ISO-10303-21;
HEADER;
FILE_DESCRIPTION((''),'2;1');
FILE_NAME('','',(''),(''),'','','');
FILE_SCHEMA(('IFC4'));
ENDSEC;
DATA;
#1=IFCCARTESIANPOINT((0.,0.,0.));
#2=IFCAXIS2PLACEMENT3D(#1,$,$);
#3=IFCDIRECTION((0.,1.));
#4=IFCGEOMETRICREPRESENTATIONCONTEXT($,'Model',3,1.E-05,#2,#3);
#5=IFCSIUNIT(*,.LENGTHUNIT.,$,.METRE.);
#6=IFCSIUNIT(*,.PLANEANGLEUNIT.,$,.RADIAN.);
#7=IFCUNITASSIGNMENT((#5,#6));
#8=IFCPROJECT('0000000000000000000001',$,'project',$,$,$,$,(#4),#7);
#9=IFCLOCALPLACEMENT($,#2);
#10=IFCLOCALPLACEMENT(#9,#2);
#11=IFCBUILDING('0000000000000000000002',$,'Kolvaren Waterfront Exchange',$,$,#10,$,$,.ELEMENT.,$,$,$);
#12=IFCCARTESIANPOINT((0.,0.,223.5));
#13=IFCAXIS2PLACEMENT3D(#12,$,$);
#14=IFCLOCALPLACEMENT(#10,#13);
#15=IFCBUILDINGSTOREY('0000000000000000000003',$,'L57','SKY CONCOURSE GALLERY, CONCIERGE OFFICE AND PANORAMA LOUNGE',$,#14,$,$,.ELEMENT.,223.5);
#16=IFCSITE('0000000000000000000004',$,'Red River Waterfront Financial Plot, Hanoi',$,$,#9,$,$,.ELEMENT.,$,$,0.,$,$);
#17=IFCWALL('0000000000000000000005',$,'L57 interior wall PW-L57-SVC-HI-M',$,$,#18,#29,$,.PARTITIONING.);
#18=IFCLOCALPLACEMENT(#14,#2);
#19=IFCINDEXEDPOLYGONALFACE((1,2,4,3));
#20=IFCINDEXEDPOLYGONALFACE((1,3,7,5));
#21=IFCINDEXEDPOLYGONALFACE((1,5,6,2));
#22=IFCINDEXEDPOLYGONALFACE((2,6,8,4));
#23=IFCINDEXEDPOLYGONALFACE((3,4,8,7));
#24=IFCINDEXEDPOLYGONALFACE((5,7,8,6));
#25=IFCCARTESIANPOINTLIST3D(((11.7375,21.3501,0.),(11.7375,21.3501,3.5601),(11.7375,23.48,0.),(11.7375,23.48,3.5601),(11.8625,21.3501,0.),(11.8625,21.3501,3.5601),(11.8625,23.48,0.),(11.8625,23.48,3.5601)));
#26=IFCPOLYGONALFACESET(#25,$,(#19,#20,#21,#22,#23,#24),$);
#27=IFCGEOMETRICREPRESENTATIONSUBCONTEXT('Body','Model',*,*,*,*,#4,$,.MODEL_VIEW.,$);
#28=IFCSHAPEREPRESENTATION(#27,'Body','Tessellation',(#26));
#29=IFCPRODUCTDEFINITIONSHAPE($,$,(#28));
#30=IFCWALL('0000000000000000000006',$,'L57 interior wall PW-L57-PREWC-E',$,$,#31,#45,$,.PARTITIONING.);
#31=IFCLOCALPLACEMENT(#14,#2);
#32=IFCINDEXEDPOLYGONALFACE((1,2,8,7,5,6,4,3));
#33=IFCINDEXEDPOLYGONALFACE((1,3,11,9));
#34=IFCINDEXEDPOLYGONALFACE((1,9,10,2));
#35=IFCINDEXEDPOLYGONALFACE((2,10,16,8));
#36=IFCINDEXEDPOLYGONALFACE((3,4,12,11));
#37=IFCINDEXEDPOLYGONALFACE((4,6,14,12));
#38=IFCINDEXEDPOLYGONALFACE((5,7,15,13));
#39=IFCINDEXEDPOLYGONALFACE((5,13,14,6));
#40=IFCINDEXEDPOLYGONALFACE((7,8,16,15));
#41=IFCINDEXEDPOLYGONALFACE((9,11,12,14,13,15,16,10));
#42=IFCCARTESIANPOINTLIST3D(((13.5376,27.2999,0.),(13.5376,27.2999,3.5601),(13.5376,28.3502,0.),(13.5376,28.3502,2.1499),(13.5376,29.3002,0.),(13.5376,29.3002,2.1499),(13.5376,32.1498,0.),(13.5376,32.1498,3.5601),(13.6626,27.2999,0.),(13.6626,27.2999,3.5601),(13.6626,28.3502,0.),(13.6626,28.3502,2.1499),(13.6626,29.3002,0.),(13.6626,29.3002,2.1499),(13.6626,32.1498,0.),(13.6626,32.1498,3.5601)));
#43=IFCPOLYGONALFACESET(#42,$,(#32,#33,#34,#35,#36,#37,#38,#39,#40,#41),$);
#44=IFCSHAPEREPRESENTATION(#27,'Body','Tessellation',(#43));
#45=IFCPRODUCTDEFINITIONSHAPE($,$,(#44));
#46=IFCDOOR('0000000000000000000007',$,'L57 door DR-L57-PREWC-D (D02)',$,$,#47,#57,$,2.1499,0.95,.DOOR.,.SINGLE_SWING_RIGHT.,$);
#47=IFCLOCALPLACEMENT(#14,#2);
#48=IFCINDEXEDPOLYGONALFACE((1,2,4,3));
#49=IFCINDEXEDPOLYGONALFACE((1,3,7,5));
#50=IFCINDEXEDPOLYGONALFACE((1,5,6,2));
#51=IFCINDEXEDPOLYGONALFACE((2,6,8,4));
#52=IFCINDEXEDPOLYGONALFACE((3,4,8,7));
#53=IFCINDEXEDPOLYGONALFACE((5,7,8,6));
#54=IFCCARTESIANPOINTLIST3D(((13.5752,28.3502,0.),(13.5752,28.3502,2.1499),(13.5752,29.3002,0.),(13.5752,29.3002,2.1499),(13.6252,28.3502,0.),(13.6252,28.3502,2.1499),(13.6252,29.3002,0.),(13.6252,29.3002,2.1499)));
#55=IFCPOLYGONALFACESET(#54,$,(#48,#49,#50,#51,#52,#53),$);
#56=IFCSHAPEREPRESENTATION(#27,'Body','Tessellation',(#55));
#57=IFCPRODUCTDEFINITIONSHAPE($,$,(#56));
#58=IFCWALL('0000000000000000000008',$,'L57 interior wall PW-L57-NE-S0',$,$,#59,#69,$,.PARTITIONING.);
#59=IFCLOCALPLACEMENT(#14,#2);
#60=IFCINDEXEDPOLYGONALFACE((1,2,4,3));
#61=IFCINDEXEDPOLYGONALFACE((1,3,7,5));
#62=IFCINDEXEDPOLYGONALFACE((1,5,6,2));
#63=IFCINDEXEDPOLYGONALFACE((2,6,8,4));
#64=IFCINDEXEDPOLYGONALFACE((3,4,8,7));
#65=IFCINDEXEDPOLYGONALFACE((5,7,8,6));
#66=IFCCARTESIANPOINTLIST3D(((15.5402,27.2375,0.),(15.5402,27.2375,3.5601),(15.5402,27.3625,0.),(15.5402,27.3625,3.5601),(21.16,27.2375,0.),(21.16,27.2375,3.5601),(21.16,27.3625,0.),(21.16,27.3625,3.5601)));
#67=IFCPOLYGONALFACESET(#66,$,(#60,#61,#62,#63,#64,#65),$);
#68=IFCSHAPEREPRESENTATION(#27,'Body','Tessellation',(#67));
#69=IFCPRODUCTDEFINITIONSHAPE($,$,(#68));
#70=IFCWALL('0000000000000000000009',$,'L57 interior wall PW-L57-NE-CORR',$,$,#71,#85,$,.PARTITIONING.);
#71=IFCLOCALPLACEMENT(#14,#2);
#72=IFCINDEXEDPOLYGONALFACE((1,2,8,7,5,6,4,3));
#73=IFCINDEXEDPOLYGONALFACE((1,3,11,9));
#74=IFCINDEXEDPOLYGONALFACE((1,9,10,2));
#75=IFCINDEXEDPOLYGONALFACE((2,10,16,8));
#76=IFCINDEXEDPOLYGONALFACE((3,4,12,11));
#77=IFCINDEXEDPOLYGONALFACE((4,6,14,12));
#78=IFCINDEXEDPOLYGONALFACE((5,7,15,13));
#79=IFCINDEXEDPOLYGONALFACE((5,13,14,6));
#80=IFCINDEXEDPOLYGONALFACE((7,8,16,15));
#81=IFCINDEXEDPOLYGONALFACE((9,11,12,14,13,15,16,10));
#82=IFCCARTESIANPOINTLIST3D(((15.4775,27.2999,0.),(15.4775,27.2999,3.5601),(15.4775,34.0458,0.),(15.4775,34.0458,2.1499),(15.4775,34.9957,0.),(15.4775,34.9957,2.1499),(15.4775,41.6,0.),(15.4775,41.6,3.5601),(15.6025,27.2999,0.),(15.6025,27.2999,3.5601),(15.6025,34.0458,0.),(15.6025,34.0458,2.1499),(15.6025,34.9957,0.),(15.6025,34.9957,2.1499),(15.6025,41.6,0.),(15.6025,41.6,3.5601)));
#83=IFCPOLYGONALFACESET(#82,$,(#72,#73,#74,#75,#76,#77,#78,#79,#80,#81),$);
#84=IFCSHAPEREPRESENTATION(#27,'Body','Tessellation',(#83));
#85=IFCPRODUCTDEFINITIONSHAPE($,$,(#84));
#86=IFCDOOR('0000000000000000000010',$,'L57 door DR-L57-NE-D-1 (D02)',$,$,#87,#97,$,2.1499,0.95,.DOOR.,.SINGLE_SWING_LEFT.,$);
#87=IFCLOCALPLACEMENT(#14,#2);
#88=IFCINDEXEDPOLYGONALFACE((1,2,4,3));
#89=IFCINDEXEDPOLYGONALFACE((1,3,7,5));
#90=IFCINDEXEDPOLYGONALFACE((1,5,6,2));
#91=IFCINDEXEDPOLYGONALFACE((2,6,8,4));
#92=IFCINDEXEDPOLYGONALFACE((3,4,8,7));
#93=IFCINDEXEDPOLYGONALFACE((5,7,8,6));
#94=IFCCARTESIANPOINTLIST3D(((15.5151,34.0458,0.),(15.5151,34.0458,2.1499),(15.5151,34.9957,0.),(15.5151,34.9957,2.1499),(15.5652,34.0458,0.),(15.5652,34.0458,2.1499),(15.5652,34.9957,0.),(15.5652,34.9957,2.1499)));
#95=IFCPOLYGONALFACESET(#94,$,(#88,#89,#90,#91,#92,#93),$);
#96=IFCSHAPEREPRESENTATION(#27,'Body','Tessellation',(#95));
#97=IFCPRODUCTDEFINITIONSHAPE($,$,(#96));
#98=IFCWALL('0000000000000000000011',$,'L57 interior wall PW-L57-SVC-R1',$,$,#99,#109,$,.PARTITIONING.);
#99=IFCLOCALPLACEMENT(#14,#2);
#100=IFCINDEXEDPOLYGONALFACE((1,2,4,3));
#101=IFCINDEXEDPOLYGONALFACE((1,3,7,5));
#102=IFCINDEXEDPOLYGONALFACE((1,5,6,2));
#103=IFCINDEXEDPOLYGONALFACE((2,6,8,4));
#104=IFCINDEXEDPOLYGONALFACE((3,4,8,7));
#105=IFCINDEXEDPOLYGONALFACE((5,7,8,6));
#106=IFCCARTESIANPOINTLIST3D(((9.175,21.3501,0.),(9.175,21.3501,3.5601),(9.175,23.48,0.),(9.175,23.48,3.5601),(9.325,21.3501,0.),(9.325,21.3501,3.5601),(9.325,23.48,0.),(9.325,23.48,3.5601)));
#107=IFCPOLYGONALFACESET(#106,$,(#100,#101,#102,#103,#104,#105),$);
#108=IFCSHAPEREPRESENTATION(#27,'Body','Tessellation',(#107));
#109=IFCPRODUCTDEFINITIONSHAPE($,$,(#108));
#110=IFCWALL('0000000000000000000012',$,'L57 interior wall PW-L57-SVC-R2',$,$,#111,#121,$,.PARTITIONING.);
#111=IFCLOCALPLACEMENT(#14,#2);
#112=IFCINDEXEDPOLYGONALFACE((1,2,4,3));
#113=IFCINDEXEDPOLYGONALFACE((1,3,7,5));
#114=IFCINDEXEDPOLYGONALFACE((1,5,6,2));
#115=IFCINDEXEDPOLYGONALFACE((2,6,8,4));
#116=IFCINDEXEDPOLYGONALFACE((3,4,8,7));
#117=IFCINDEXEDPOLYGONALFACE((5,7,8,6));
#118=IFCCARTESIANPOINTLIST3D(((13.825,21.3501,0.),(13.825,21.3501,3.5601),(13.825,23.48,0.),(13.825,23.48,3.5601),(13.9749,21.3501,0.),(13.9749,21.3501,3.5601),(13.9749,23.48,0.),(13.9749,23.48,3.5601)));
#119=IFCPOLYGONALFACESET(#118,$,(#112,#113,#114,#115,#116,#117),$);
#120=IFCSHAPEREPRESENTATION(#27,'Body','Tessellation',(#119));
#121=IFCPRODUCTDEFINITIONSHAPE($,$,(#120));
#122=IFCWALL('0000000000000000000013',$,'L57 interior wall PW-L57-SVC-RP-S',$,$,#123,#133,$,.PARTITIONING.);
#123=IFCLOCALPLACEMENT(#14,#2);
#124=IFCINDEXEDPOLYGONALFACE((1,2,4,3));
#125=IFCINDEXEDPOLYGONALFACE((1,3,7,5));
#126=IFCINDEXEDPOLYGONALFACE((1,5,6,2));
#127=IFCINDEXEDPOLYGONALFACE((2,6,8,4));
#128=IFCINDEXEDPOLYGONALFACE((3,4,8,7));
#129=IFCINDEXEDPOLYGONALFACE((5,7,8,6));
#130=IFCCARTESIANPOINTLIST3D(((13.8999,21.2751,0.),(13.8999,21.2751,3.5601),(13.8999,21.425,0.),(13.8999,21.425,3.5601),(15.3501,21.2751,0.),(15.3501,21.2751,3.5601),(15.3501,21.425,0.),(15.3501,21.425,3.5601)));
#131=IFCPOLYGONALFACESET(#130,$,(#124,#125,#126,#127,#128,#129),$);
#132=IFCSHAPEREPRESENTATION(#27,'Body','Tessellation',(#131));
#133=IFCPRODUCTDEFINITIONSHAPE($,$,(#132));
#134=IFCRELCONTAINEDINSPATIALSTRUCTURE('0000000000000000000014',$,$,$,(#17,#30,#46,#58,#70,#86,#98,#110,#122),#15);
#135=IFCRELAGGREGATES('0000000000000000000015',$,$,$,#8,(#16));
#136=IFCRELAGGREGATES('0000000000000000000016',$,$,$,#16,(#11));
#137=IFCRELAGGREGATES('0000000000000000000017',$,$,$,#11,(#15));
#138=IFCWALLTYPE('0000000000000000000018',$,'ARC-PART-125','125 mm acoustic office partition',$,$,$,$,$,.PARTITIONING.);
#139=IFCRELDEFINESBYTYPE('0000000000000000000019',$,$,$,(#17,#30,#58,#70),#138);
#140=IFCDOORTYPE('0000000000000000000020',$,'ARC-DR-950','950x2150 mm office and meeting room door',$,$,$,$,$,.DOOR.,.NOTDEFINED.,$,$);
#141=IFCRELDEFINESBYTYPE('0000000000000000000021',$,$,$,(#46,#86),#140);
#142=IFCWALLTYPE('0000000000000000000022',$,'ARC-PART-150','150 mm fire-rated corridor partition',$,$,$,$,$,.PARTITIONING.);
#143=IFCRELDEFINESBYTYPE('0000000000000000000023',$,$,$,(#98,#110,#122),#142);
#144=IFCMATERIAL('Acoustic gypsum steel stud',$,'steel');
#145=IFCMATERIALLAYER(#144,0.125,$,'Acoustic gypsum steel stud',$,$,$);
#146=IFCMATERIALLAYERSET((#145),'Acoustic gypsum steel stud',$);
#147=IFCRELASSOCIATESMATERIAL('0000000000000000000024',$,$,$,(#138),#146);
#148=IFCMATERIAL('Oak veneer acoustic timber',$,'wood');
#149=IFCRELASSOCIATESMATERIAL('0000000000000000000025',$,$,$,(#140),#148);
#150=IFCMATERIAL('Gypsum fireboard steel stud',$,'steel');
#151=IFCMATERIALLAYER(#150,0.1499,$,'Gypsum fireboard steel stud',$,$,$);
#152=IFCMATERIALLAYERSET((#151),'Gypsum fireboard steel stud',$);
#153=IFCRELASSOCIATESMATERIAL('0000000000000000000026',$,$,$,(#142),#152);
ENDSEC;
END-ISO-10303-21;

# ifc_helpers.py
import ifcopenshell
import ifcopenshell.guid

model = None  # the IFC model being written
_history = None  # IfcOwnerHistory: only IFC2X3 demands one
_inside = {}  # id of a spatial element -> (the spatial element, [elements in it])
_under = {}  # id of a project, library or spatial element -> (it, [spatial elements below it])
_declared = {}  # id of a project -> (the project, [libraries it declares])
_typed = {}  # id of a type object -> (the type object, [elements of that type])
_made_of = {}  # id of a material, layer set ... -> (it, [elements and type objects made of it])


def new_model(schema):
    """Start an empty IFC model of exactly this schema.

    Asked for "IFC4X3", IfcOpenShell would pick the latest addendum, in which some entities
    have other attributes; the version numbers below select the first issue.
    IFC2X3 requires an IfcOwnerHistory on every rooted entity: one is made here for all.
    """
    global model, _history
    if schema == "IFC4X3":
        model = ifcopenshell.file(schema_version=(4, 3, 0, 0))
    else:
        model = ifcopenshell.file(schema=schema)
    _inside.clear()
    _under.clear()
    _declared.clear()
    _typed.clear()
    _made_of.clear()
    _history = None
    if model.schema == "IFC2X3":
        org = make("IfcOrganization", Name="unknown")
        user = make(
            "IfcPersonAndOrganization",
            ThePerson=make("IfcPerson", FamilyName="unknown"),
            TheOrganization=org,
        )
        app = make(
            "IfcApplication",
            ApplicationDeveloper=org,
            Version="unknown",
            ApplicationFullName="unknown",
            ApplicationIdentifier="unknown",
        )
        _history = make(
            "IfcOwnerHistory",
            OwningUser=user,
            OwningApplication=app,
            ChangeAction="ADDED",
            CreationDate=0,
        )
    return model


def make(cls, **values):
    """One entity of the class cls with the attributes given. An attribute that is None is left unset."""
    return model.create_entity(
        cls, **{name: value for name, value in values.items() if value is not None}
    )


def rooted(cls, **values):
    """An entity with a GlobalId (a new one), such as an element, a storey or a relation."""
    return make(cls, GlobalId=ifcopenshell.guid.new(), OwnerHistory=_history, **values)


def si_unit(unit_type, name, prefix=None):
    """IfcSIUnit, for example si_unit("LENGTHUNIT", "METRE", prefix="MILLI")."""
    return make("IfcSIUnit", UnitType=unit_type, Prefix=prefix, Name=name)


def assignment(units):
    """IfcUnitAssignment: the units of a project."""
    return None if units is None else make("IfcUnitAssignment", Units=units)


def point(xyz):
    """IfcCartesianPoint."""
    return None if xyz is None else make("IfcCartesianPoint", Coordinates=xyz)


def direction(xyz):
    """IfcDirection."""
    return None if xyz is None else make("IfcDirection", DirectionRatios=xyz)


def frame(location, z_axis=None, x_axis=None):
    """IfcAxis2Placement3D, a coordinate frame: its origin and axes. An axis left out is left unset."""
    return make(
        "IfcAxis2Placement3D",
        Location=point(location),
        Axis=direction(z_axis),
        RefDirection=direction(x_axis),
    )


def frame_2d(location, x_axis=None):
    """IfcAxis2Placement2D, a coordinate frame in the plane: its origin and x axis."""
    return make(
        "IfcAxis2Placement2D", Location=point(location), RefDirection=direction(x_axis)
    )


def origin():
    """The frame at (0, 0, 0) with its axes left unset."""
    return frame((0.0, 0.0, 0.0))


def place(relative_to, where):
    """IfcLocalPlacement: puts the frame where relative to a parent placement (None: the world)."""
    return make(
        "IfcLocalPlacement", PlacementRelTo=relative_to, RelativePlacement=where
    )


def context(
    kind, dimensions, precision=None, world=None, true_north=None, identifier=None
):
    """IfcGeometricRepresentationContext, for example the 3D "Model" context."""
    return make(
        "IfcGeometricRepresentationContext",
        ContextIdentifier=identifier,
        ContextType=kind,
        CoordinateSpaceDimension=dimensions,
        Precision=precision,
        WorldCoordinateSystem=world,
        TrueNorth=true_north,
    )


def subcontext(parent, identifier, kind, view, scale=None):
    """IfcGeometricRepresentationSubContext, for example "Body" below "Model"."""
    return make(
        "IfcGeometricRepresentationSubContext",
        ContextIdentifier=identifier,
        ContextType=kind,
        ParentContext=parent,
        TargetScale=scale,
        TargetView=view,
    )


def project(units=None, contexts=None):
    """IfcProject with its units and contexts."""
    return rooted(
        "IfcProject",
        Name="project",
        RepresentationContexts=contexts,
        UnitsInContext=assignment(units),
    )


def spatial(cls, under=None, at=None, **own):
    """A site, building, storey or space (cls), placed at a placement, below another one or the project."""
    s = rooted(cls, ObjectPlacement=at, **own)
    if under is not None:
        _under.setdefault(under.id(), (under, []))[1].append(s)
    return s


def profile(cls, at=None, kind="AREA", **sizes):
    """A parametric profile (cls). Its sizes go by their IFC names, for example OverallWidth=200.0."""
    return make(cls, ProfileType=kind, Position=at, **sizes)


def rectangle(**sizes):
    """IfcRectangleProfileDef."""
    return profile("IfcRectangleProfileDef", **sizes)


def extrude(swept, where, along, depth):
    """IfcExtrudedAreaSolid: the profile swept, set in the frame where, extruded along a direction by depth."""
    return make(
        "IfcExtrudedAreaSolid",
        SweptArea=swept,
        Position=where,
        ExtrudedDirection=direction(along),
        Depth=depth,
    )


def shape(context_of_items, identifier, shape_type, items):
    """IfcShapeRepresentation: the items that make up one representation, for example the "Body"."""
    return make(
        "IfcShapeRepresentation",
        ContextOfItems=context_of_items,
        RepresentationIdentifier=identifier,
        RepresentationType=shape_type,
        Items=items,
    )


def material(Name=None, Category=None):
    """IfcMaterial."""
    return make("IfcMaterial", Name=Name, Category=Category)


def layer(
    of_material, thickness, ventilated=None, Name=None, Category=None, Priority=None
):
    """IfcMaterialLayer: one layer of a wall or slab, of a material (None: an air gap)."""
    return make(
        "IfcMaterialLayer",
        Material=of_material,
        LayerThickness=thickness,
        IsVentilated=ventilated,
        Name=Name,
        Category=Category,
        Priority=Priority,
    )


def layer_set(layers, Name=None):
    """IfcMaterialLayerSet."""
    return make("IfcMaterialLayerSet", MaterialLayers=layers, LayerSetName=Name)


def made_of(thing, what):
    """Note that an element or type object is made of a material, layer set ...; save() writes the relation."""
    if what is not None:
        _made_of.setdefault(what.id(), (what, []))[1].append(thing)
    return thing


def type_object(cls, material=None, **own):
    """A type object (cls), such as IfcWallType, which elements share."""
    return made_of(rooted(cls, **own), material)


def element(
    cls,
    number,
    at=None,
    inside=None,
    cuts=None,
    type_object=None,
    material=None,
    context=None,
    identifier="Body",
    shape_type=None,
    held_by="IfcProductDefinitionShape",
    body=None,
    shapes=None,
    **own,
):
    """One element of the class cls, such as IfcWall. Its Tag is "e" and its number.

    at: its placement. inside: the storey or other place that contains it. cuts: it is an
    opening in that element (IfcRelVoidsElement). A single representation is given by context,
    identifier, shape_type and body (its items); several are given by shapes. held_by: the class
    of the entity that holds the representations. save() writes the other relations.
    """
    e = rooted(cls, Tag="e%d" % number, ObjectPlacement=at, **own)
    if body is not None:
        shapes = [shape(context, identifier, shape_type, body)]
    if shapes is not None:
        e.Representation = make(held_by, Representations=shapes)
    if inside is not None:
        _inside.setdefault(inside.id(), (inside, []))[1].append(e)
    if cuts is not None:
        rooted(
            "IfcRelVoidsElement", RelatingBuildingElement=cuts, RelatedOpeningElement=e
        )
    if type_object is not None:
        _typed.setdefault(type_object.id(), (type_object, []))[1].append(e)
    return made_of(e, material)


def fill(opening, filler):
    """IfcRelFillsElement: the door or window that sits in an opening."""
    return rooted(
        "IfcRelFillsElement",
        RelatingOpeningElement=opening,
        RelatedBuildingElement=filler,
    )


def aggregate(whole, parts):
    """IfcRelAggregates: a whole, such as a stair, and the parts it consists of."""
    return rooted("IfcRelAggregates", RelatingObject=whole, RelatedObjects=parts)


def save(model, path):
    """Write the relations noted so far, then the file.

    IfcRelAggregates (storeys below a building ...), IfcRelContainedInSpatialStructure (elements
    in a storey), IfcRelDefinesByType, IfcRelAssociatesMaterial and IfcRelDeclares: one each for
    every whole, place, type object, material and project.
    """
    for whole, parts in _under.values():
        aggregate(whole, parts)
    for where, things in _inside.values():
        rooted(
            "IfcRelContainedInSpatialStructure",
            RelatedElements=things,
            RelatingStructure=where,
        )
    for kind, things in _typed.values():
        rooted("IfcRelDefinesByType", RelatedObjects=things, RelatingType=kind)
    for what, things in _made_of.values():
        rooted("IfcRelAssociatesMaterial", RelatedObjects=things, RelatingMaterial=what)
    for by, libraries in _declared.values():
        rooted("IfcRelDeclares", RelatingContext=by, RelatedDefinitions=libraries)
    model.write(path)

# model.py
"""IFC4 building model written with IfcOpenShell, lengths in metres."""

from ifc_helpers import new_model, si_unit, direction, frame, frame_2d, origin, place, context, subcontext, project, spatial, rectangle, extrude, material, layer, layer_set, type_object, element, fill, save


model = new_model("IFC4")

# Units and contexts
model_context = context("Model", 3, precision=1e-05, world=origin(), true_north=direction((0.0, 1.0)))
body_context = subcontext(model_context, "Body", "Model", "MODEL_VIEW")
ifc_project = project(units=[si_unit("LENGTHUNIT", "METRE"), si_unit("PLANEANGLEUNIT", "RADIAN")], contexts=[model_context])

# Site, building, storey
site_placement = place(None, origin())
site = spatial("IfcSite", under=ifc_project, at=site_placement, Name="Red River Waterfront Financial Plot, Hanoi", CompositionType="ELEMENT", RefElevation=0.0)
building_placement = place(site_placement, origin())
building = spatial("IfcBuilding", under=site, at=building_placement, Name="Kolvaren Waterfront Exchange", CompositionType="ELEMENT")
storey_placement = place(building_placement, frame((0.0, 0.0, 223.5)))
storey = spatial("IfcBuildingStorey", under=building, at=storey_placement, Name="L57", Description="SKY CONCOURSE GALLERY, CONCIERGE OFFICE AND PANORAMA LOUNGE", CompositionType="ELEMENT", Elevation=223.5)

# Shared definitions
ifc_material_1 = material(Name="Acoustic gypsum steel stud", Category="steel")
ifc_layer_1 = layer(ifc_material_1, 0.125, Name="Acoustic gypsum steel stud")
ifc_layer_set_1 = layer_set([ifc_layer_1], Name="Acoustic gypsum steel stud")
wall_type_1 = type_object("IfcWallType", Name="ARC-PART-125", Description="125 mm acoustic office partition", PredefinedType="PARTITIONING", material=ifc_layer_set_1)

# Wall
wall_1_placement = place(storey_placement, frame((11.8, 21.3501, 0.0), z_axis=(0.0, 0.0, 1.0), x_axis=(0.0, 1.0, 0.0)))
element("IfcWall", 1, at=wall_1_placement, inside=storey, type_object=wall_type_1, Name="L57 interior wall PW-L57-SVC-HI-M", PredefinedType="PARTITIONING", context=body_context, shape_type="SweptSolid", body=[
    extrude(rectangle(XDim=2.1299, YDim=0.125, at=frame_2d((1.0649, 0.0))), origin(), (0.0, 0.0, 1.0), 3.5601),
])

# Wall, opening, door
wall_2_placement = place(storey_placement, frame((13.6001, 27.3, 0.0), z_axis=(0.0, 0.0, 1.0), x_axis=(0.0, 1.0, 0.0)))
wall_2 = element("IfcWall", 2, at=wall_2_placement, inside=storey, type_object=wall_type_1, Name="L57 interior wall PW-L57-PREWC-E", PredefinedType="PARTITIONING", context=body_context, shape_type="SweptSolid", body=[
    extrude(rectangle(XDim=4.8499, YDim=0.125, at=frame_2d((2.4248, 0.0))), origin(), (0.0, 0.0, 1.0), 3.5601),
])
opening_1_placement = place(wall_2_placement, frame((1.05, 0.0, 0.0)))
opening_1 = element("IfcOpeningElement", 3, at=opening_1_placement, cuts=wall_2, PredefinedType="OPENING", context=body_context, shape_type="SweptSolid", body=[
    extrude(rectangle(XDim=0.95, YDim=2.1499, at=frame_2d((0.4751, 1.075))), frame((0.0, 0.0725, 0.0), z_axis=(0.0, -1.0, 0.0), x_axis=(1.0, 0.0, 0.0)), (0.0, 0.0, 1.0), 0.145),
])
ifc_material_2 = material(Name="Oak veneer acoustic timber", Category="wood")
door_type_1 = type_object("IfcDoorType", Name="ARC-DR-950", Description="950x2150 mm office and meeting room door", OperationType="NOTDEFINED", PredefinedType="DOOR", material=ifc_material_2)
door_1_placement = place(opening_1_placement, origin())
door_1 = element("IfcDoor", 4, at=door_1_placement, inside=storey, type_object=door_type_1, Name="L57 door DR-L57-PREWC-D (D02)", OperationType="SINGLE_SWING_RIGHT", OverallHeight=2.1499, OverallWidth=0.95, PredefinedType="DOOR", context=body_context, shape_type="SweptSolid", body=[
    extrude(rectangle(XDim=0.95, YDim=2.1499, at=frame_2d((0.4751, 1.075))), frame((0.0, 0.0249, 0.0), z_axis=(0.0, -1.0, 0.0), x_axis=(1.0, 0.0, 0.0)), (0.0, 0.0, 1.0), 0.05),
])
fill(opening_1, door_1)

# Wall
wall_3_placement = place(storey_placement, frame((15.54, 27.3, 0.0), z_axis=(0.0, 0.0, 1.0), x_axis=(1.0, 0.0, 0.0)))
element("IfcWall", 5, at=wall_3_placement, inside=storey, type_object=wall_type_1, Name="L57 interior wall PW-L57-NE-S0", PredefinedType="PARTITIONING", context=body_context, shape_type="SweptSolid", body=[
    extrude(rectangle(XDim=5.6199, YDim=0.125, at=frame_2d((2.8101, 0.0))), origin(), (0.0, 0.0, 1.0), 3.5601),
])

# Wall, opening, door
wall_4_placement = place(storey_placement, frame((15.54, 27.3, 0.0), z_axis=(0.0, 0.0, 1.0), x_axis=(0.0, 1.0, 0.0)))
wall_4 = element("IfcWall", 6, at=wall_4_placement, inside=storey, type_object=wall_type_1, Name="L57 interior wall PW-L57-NE-CORR", PredefinedType="PARTITIONING", context=body_context, shape_type="SweptSolid", body=[
    extrude(rectangle(XDim=14.3, YDim=0.125, at=frame_2d((7.1499, 0.0))), origin(), (0.0, 0.0, 1.0), 3.5601),
])
opening_2_placement = place(wall_4_placement, frame((6.7456, 0.0, 0.0)))
opening_2 = element("IfcOpeningElement", 7, at=opening_2_placement, cuts=wall_4, PredefinedType="OPENING", context=body_context, shape_type="SweptSolid", body=[
    extrude(rectangle(XDim=0.95, YDim=2.1499, at=frame_2d((0.4751, 1.075))), frame((0.0, 0.0725, 0.0), z_axis=(0.0, -1.0, 0.0), x_axis=(1.0, 0.0, 0.0)), (0.0, 0.0, 1.0), 0.145),
])
door_2_placement = place(opening_2_placement, origin())
door_2 = element("IfcDoor", 8, at=door_2_placement, inside=storey, type_object=door_type_1, Name="L57 door DR-L57-NE-D-1 (D02)", OperationType="SINGLE_SWING_LEFT", OverallHeight=2.1499, OverallWidth=0.95, PredefinedType="DOOR", context=body_context, shape_type="SweptSolid", body=[
    extrude(rectangle(XDim=0.95, YDim=2.1499, at=frame_2d((0.4751, 1.075))), frame((0.0, 0.0249, 0.0), z_axis=(0.0, -1.0, 0.0), x_axis=(1.0, 0.0, 0.0)), (0.0, 0.0, 1.0), 0.05),
])
fill(opening_2, door_2)

# Walls
ifc_material_3 = material(Name="Gypsum fireboard steel stud", Category="steel")
ifc_layer_2 = layer(ifc_material_3, 0.1499, Name="Gypsum fireboard steel stud")
ifc_layer_set_2 = layer_set([ifc_layer_2], Name="Gypsum fireboard steel stud")
wall_type_2 = type_object("IfcWallType", Name="ARC-PART-150", Description="150 mm fire-rated corridor partition", PredefinedType="PARTITIONING", material=ifc_layer_set_2)
for number, where, z_axis, x_axis, name in (
    (9, (9.25, 21.3501, 0.0), (0.0, 0.0, 1.0), (0.0, 1.0, 0.0), "L57 interior wall PW-L57-SVC-R1"),
    (10, (13.8999, 21.3501, 0.0), (0.0, 0.0, 1.0), (0.0, 1.0, 0.0), "L57 interior wall PW-L57-SVC-R2"),
):
    element("IfcWall", number, at=place(storey_placement, frame(where, z_axis=z_axis, x_axis=x_axis)), inside=storey, type_object=wall_type_2, Name=name, PredefinedType="PARTITIONING", context=body_context, shape_type="SweptSolid", body=[
        extrude(rectangle(XDim=2.1299, YDim=0.1499, at=frame_2d((1.0649, 0.0))), origin(), (0.0, 0.0, 1.0), 3.5601),
    ])
wall_5_placement = place(storey_placement, frame((13.8999, 21.3501, 0.0), z_axis=(0.0, 0.0, 1.0), x_axis=(1.0, 0.0, 0.0)))
element("IfcWall", 11, at=wall_5_placement, inside=storey, type_object=wall_type_2, Name="L57 interior wall PW-L57-SVC-RP-S", PredefinedType="PARTITIONING", context=body_context, shape_type="SweptSolid", body=[
    extrude(rectangle(XDim=1.4502, YDim=0.1499, at=frame_2d((0.7251, 0.0))), origin(), (0.0, 0.0, 1.0), 3.5601),
])

save(model, "model.ifc")
